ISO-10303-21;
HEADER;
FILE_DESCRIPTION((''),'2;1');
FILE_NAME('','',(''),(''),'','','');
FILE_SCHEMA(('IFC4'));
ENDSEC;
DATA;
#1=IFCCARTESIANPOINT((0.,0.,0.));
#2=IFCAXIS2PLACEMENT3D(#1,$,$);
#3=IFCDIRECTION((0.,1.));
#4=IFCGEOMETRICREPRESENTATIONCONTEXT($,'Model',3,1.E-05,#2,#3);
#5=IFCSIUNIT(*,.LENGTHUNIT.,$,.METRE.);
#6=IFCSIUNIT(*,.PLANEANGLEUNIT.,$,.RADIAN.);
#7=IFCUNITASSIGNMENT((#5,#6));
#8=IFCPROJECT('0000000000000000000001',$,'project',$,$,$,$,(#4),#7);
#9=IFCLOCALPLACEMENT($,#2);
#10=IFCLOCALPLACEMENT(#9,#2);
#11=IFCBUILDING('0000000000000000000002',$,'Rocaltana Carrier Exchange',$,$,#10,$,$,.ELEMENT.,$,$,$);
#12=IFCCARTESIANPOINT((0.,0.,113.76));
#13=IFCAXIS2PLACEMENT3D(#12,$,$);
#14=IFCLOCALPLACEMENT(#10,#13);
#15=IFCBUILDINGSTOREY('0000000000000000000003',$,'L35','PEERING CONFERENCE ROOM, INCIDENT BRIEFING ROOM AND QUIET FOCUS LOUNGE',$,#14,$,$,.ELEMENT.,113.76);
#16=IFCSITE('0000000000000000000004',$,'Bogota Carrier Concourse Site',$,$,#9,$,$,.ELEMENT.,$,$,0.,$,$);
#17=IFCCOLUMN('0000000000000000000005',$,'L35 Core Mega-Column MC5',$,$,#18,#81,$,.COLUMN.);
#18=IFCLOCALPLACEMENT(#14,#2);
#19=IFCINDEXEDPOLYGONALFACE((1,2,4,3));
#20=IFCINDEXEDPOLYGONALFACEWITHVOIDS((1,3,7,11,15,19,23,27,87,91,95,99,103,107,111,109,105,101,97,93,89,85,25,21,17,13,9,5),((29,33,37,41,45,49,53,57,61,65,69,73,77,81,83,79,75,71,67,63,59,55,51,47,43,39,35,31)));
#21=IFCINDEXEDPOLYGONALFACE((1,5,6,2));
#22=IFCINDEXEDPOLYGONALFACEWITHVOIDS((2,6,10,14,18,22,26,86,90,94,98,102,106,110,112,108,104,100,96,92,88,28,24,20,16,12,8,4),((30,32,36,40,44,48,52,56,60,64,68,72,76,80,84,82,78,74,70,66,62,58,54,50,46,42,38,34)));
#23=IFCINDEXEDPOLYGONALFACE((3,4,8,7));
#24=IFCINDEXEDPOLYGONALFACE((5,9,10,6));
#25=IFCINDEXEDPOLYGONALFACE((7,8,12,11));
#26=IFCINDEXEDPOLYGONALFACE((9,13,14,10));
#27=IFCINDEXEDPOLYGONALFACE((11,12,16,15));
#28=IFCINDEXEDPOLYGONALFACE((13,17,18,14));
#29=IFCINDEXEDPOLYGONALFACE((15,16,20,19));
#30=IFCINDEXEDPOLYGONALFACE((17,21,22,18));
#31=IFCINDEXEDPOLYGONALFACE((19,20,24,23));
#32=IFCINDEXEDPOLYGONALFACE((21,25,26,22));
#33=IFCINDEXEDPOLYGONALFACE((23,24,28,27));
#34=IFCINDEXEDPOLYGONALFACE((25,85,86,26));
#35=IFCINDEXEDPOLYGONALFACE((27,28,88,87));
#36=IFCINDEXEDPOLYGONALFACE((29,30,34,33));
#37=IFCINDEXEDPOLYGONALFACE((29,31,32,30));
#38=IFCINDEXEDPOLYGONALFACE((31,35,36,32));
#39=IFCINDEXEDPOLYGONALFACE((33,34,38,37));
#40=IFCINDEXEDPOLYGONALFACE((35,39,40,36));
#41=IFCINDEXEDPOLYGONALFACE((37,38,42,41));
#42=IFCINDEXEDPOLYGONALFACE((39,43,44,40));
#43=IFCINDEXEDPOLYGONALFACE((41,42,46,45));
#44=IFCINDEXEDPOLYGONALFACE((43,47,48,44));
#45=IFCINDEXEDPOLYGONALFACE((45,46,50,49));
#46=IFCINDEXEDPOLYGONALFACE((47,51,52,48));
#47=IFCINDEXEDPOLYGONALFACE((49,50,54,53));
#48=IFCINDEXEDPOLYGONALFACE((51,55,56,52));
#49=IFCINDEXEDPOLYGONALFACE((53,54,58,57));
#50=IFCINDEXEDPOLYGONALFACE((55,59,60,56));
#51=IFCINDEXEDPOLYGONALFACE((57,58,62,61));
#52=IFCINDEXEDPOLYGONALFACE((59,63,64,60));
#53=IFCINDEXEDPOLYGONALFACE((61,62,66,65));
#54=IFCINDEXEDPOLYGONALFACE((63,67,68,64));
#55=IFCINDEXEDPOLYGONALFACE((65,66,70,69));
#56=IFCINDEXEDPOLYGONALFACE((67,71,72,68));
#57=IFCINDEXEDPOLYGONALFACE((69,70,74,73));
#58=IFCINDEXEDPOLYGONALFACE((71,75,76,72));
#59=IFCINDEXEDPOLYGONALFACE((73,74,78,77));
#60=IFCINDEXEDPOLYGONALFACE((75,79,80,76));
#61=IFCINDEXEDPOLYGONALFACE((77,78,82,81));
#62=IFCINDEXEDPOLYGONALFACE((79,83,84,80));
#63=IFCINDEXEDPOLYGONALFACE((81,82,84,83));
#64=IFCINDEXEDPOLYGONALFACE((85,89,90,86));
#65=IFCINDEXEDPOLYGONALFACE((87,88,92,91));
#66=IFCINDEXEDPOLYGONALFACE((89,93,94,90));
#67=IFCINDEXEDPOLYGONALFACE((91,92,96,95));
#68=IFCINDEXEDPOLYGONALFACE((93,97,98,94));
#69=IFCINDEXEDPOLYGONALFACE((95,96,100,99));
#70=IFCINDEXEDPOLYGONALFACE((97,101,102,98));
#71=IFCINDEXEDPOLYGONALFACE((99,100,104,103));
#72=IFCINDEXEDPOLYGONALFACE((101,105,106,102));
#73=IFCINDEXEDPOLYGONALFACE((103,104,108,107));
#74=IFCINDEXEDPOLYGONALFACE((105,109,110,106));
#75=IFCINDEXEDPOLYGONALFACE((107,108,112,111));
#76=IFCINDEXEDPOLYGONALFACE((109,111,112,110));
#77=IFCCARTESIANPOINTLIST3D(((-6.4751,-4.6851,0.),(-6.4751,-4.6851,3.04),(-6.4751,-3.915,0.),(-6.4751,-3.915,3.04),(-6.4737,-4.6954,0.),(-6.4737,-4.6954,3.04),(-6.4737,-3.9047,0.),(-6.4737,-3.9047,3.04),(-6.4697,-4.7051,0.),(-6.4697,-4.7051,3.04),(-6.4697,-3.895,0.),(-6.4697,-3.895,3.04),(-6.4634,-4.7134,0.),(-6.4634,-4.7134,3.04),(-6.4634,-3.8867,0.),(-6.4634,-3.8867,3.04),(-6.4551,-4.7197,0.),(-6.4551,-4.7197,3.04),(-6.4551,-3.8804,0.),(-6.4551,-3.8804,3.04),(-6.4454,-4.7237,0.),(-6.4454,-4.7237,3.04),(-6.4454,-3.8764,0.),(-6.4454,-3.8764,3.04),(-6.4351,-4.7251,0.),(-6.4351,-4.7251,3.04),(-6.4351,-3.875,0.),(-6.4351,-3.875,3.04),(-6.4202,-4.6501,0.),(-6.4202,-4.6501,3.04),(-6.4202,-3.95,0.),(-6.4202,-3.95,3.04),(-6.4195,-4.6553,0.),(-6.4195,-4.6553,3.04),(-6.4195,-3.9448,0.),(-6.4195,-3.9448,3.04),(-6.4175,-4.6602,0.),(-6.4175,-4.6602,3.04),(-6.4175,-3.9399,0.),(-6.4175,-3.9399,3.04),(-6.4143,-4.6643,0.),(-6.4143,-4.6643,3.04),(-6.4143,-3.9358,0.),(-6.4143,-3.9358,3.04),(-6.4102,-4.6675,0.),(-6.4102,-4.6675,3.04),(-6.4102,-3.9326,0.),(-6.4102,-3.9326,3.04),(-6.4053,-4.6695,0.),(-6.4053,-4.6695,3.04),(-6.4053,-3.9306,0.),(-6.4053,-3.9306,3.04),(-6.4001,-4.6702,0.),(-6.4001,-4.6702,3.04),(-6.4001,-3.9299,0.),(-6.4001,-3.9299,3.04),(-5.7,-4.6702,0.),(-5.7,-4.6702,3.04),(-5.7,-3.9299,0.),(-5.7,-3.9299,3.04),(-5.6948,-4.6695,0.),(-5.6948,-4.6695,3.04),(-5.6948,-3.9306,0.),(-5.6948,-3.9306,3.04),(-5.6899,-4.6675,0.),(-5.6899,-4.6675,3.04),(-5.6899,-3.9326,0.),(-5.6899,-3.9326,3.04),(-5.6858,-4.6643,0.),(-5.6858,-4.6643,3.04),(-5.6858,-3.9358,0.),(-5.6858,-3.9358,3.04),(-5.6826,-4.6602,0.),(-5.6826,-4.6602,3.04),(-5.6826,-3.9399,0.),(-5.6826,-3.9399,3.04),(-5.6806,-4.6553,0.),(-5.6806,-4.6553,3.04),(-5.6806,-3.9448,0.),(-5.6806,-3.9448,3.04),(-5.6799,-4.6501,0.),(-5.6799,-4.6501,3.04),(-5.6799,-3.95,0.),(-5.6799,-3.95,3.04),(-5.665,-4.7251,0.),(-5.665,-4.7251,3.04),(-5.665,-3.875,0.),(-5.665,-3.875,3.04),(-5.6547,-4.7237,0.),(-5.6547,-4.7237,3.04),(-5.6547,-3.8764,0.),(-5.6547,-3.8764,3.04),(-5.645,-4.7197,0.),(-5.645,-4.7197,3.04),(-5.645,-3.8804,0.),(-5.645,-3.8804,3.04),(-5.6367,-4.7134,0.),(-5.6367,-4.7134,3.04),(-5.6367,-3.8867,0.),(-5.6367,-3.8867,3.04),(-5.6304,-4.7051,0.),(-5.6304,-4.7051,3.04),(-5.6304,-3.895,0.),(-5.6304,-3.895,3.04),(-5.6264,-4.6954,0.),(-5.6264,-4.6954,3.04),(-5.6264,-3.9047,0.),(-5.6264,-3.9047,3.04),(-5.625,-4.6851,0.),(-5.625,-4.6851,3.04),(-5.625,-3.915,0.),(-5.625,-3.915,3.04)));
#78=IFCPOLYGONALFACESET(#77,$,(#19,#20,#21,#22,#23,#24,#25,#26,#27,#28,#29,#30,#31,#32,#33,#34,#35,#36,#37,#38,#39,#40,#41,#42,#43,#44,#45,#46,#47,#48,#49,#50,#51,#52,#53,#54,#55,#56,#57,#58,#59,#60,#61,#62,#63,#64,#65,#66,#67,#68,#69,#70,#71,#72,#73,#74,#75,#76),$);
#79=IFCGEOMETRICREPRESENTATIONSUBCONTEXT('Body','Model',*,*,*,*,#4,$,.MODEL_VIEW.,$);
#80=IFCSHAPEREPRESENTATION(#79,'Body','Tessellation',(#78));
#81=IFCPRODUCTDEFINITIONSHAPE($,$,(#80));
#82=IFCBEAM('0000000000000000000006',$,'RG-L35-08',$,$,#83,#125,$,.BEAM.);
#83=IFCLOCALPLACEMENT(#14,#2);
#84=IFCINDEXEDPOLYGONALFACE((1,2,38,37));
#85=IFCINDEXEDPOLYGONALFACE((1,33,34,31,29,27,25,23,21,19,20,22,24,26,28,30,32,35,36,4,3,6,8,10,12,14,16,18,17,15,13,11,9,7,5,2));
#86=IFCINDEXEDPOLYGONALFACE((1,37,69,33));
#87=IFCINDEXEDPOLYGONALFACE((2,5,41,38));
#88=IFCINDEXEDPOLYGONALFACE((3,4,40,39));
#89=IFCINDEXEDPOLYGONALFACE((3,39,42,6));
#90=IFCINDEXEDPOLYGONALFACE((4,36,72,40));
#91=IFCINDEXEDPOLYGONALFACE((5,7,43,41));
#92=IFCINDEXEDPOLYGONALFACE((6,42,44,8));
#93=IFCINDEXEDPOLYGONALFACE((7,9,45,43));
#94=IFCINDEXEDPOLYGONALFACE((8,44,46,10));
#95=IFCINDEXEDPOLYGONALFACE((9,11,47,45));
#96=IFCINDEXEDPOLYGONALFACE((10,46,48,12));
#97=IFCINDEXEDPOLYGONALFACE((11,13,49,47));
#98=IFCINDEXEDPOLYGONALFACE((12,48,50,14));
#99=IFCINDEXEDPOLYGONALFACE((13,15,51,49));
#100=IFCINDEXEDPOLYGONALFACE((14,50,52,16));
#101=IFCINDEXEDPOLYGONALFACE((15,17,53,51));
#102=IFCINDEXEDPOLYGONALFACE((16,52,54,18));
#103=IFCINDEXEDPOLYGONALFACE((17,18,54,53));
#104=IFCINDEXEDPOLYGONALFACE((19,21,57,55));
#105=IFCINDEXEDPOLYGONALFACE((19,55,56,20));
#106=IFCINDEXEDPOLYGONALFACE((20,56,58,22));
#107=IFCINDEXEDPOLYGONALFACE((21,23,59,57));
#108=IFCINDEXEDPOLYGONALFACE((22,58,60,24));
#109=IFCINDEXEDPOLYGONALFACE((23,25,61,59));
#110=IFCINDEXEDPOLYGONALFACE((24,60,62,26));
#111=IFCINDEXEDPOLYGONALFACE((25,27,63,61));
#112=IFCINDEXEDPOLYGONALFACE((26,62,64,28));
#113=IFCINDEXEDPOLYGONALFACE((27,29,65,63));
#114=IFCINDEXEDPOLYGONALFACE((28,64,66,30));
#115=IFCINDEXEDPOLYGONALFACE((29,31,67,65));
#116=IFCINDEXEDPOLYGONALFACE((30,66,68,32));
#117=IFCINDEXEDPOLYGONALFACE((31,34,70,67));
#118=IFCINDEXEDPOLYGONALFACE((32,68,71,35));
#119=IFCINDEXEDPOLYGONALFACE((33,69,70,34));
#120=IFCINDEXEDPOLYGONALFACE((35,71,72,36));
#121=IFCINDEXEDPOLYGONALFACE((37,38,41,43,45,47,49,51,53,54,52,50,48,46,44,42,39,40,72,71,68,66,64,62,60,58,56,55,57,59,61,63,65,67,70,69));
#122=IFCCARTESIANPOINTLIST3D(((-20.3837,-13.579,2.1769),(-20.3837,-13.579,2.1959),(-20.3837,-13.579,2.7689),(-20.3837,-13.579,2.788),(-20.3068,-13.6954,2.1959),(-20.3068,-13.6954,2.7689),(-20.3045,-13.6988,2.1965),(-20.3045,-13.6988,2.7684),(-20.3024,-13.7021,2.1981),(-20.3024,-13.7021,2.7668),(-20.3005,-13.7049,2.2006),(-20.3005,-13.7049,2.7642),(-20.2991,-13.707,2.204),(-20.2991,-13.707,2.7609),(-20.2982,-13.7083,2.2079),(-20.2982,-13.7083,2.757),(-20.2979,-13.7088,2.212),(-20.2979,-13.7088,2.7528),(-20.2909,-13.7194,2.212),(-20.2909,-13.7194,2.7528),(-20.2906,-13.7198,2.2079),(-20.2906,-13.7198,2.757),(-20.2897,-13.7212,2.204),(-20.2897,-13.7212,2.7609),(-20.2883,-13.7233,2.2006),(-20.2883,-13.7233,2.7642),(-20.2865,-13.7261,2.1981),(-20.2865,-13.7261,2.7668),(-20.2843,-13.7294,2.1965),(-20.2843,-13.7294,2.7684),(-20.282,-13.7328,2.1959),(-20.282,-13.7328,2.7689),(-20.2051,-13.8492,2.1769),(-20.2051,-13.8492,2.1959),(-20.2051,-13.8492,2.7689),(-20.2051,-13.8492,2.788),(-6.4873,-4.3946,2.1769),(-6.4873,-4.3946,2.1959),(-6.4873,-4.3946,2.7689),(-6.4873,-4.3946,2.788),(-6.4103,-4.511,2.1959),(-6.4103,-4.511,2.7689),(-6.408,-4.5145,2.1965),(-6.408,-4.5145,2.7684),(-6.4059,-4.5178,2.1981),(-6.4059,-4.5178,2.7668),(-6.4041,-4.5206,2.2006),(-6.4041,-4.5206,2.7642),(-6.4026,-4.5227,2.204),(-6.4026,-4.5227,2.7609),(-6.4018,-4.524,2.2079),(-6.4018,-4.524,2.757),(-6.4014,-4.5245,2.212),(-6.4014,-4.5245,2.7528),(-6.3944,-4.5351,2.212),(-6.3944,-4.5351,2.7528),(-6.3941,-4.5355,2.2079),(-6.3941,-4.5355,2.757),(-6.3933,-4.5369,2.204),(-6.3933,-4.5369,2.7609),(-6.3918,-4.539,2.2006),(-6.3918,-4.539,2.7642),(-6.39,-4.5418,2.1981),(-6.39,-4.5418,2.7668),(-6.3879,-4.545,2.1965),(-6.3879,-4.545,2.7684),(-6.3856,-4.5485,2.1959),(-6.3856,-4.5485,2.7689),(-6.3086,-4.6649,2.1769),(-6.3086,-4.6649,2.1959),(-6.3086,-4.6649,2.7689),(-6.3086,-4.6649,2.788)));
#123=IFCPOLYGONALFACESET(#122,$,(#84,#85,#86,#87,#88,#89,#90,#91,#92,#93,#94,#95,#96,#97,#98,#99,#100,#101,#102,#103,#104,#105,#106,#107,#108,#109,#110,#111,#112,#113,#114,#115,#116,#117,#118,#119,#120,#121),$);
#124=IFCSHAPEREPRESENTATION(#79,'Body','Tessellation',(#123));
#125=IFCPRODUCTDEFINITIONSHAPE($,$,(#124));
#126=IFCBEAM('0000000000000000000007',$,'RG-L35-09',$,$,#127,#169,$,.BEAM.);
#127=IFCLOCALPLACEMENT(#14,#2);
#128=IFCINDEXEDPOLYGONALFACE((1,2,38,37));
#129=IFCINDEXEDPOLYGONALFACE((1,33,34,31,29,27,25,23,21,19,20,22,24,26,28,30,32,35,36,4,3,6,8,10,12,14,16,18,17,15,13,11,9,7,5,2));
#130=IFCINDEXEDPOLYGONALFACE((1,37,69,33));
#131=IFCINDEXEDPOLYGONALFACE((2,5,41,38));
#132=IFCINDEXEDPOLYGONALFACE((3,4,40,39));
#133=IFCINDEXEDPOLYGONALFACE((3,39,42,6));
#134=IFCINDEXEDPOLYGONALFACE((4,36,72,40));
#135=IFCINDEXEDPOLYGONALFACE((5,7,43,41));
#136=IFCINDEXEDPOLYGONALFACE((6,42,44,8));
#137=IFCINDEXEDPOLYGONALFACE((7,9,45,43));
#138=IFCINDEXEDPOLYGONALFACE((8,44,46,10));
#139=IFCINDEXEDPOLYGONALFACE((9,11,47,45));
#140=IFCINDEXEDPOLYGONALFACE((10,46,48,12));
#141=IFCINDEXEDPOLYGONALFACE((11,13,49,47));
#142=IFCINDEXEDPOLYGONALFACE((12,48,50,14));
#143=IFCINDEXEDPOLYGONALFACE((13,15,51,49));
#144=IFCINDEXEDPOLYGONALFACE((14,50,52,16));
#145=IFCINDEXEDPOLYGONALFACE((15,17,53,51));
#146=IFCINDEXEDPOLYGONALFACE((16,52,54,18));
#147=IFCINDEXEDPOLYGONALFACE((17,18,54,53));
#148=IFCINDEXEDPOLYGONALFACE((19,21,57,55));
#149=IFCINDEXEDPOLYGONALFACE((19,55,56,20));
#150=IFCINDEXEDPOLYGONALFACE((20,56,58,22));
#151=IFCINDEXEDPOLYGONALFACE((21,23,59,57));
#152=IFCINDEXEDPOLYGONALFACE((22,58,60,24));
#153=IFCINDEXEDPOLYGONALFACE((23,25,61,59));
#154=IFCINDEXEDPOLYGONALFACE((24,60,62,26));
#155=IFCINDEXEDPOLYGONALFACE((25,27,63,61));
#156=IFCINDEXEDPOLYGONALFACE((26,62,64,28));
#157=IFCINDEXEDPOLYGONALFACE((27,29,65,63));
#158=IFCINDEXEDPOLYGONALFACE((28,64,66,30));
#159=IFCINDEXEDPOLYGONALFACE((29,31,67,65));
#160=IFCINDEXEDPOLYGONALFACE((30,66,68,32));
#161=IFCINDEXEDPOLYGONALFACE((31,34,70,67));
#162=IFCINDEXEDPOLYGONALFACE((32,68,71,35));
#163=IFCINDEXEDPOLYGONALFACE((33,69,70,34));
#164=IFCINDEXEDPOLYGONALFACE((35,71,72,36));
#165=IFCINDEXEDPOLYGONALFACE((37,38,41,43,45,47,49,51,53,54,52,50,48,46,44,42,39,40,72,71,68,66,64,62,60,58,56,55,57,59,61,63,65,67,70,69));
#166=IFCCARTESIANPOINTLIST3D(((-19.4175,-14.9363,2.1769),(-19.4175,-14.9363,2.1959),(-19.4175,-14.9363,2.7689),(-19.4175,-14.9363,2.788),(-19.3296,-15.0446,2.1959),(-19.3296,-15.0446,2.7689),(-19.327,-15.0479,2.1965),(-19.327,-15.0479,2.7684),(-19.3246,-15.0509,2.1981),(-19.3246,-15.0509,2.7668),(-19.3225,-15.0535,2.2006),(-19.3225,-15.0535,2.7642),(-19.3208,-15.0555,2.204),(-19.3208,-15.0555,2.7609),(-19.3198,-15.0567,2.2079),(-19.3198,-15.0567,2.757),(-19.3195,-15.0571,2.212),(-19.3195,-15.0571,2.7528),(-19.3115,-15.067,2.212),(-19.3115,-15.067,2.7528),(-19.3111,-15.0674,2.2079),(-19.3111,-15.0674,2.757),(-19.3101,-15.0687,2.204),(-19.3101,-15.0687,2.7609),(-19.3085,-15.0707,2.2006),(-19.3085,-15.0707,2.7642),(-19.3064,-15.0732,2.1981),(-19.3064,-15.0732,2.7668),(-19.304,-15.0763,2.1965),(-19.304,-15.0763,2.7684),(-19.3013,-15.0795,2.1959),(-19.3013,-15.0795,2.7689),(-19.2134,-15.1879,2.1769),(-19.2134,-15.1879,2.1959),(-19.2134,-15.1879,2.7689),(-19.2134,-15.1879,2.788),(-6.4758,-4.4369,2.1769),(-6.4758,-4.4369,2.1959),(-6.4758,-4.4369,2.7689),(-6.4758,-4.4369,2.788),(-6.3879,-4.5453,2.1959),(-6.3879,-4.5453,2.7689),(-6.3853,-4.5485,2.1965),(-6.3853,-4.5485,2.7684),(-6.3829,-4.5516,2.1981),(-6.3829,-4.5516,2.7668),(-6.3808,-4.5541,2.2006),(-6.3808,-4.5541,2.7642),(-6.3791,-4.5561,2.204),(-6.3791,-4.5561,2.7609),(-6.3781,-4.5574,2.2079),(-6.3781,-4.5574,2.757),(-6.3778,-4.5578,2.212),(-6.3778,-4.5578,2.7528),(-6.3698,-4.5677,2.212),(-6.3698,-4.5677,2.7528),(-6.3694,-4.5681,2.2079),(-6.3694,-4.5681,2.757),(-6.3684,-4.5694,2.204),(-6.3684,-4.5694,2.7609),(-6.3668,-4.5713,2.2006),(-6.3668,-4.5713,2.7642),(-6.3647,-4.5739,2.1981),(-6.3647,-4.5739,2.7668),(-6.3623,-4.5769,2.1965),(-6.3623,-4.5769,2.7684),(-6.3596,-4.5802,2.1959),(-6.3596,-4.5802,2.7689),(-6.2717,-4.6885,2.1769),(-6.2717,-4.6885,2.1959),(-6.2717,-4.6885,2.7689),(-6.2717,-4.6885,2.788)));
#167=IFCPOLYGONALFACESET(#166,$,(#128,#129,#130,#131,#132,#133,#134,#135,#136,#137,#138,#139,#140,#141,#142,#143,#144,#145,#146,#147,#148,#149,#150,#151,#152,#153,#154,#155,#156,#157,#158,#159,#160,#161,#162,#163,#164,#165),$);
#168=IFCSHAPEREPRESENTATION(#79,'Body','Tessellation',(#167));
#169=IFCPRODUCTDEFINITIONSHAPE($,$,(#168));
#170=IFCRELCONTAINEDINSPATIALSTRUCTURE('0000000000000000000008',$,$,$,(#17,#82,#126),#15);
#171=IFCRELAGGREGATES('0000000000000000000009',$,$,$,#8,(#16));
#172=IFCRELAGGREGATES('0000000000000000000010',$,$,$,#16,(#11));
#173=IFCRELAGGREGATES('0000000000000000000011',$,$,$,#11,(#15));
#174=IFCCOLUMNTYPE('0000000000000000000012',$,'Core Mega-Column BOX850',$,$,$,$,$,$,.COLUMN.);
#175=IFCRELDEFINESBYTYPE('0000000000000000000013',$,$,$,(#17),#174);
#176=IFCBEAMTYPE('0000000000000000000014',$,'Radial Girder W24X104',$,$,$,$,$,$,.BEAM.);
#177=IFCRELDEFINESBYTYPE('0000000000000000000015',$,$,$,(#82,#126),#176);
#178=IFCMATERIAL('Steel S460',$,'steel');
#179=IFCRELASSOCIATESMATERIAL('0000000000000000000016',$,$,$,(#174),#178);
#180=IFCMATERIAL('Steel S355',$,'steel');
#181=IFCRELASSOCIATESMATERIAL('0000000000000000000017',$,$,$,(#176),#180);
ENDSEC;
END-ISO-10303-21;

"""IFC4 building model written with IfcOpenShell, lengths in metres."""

from ifc_helpers import new_model, si_unit, direction, frame, origin, origin_2d, place, context, subcontext, project, spatial, hollow_rectangle, i_section, extrude, material, material_profile, profile_set, type_object, element, save


model = new_model("IFC4")

# Units and contexts
model_context = context("Model", 3, precision=1e-05, world=origin(), true_north=direction((0.0, 1.0)))
body_context = subcontext(model_context, "Body", "Model", "MODEL_VIEW")
ifc_project = project(units=[si_unit("LENGTHUNIT", "METRE"), si_unit("PLANEANGLEUNIT", "RADIAN")], contexts=[model_context])

# Site, building, storey
site_placement = place(None, origin())
site = spatial("IfcSite", under=ifc_project, at=site_placement, Name="Bogota Carrier Concourse Site", CompositionType="ELEMENT", RefElevation=0.0)
building_placement = place(site_placement, origin())
building = spatial("IfcBuilding", under=site, at=building_placement, Name="Rocaltana Carrier Exchange", CompositionType="ELEMENT")
storey_placement = place(building_placement, frame((0.0, 0.0, 113.76)))
storey = spatial("IfcBuildingStorey", under=building, at=storey_placement, Name="L35", Description="PEERING CONFERENCE ROOM, INCIDENT BRIEFING ROOM AND QUIET FOCUS LOUNGE", CompositionType="ELEMENT", Elevation=113.76)

# Column
ifc_material_1 = material(Name="Steel S460", Category="steel")
ifc_material_profile_1 = material_profile(ifc_material_1, hollow_rectangle(XDim=0.8501, YDim=0.8501, WallThickness=0.0549, InnerFilletRadius=0.02, OuterFilletRadius=0.04, at=origin_2d()), Name="BOX850X850X55")
ifc_profile_set_1 = profile_set([ifc_material_profile_1], Name="Steel S460")
column_type = type_object("IfcColumnType", Name="Core Mega-Column BOX850", PredefinedType="COLUMN", material=ifc_profile_set_1)
column_placement = place(storey_placement, frame((-6.05, -4.3, 0.0), z_axis=(0.0, 0.0, 1.0), x_axis=(1.0, 0.0, 0.0)))
element("IfcColumn", 1, at=column_placement, inside=storey, type_object=column_type, Name="L35 Core Mega-Column MC5", PredefinedType="COLUMN", context=body_context, shape_type="SweptSolid", body=[
    extrude(hollow_rectangle(XDim=0.8501, YDim=0.8501, WallThickness=0.0549, InnerFilletRadius=0.02, OuterFilletRadius=0.04, at=origin_2d()), origin(), (0.0, 0.0, 1.0), 3.04),
])

# Beams
ifc_material_2 = material(Name="Steel S355", Category="steel")
ifc_material_profile_2 = material_profile(ifc_material_2, i_section(OverallWidth=0.324, OverallDepth=0.6111, WebThickness=0.0127, FlangeThickness=0.019, FilletRadius=0.0161, at=origin_2d()), Name="W24X104")
ifc_profile_set_2 = profile_set([ifc_material_profile_2], Name="Steel S355")
beam_type = type_object("IfcBeamType", Name="Radial Girder W24X104", PredefinedType="BEAM", material=ifc_profile_set_2)
beam_1_placement = place(storey_placement, frame((-6.3979, -4.5298, 2.4824), z_axis=(-0.83426, -0.551371, 0.0), x_axis=(0.551371, -0.83426, 0.0)))
element("IfcBeam", 2, at=beam_1_placement, inside=storey, type_object=beam_type, Name="RG-L35-08", PredefinedType="BEAM", context=body_context, shape_type="SweptSolid", body=[
    extrude(i_section(OverallWidth=0.324, OverallDepth=0.6111, WebThickness=0.0127, FlangeThickness=0.019, FilletRadius=0.0161, at=origin_2d()), origin(), (0.0, 0.0, 1.0), 16.6572),
])
beam_2_placement = place(storey_placement, frame((-6.3738, -4.5627, 2.4824), z_axis=(-0.776578, -0.630021, 0.0), x_axis=(0.630021, -0.776578, 0.0)))
element("IfcBeam", 3, at=beam_2_placement, inside=storey, type_object=beam_type, Name="RG-L35-09", PredefinedType="BEAM", context=body_context, shape_type="SweptSolid", body=[
    extrude(i_section(OverallWidth=0.324, OverallDepth=0.6111, WebThickness=0.0127, FlangeThickness=0.019, FilletRadius=0.0161, at=origin_2d()), origin(), (0.0, 0.0, 1.0), 16.665),
])

save(model, "model.ifc")
